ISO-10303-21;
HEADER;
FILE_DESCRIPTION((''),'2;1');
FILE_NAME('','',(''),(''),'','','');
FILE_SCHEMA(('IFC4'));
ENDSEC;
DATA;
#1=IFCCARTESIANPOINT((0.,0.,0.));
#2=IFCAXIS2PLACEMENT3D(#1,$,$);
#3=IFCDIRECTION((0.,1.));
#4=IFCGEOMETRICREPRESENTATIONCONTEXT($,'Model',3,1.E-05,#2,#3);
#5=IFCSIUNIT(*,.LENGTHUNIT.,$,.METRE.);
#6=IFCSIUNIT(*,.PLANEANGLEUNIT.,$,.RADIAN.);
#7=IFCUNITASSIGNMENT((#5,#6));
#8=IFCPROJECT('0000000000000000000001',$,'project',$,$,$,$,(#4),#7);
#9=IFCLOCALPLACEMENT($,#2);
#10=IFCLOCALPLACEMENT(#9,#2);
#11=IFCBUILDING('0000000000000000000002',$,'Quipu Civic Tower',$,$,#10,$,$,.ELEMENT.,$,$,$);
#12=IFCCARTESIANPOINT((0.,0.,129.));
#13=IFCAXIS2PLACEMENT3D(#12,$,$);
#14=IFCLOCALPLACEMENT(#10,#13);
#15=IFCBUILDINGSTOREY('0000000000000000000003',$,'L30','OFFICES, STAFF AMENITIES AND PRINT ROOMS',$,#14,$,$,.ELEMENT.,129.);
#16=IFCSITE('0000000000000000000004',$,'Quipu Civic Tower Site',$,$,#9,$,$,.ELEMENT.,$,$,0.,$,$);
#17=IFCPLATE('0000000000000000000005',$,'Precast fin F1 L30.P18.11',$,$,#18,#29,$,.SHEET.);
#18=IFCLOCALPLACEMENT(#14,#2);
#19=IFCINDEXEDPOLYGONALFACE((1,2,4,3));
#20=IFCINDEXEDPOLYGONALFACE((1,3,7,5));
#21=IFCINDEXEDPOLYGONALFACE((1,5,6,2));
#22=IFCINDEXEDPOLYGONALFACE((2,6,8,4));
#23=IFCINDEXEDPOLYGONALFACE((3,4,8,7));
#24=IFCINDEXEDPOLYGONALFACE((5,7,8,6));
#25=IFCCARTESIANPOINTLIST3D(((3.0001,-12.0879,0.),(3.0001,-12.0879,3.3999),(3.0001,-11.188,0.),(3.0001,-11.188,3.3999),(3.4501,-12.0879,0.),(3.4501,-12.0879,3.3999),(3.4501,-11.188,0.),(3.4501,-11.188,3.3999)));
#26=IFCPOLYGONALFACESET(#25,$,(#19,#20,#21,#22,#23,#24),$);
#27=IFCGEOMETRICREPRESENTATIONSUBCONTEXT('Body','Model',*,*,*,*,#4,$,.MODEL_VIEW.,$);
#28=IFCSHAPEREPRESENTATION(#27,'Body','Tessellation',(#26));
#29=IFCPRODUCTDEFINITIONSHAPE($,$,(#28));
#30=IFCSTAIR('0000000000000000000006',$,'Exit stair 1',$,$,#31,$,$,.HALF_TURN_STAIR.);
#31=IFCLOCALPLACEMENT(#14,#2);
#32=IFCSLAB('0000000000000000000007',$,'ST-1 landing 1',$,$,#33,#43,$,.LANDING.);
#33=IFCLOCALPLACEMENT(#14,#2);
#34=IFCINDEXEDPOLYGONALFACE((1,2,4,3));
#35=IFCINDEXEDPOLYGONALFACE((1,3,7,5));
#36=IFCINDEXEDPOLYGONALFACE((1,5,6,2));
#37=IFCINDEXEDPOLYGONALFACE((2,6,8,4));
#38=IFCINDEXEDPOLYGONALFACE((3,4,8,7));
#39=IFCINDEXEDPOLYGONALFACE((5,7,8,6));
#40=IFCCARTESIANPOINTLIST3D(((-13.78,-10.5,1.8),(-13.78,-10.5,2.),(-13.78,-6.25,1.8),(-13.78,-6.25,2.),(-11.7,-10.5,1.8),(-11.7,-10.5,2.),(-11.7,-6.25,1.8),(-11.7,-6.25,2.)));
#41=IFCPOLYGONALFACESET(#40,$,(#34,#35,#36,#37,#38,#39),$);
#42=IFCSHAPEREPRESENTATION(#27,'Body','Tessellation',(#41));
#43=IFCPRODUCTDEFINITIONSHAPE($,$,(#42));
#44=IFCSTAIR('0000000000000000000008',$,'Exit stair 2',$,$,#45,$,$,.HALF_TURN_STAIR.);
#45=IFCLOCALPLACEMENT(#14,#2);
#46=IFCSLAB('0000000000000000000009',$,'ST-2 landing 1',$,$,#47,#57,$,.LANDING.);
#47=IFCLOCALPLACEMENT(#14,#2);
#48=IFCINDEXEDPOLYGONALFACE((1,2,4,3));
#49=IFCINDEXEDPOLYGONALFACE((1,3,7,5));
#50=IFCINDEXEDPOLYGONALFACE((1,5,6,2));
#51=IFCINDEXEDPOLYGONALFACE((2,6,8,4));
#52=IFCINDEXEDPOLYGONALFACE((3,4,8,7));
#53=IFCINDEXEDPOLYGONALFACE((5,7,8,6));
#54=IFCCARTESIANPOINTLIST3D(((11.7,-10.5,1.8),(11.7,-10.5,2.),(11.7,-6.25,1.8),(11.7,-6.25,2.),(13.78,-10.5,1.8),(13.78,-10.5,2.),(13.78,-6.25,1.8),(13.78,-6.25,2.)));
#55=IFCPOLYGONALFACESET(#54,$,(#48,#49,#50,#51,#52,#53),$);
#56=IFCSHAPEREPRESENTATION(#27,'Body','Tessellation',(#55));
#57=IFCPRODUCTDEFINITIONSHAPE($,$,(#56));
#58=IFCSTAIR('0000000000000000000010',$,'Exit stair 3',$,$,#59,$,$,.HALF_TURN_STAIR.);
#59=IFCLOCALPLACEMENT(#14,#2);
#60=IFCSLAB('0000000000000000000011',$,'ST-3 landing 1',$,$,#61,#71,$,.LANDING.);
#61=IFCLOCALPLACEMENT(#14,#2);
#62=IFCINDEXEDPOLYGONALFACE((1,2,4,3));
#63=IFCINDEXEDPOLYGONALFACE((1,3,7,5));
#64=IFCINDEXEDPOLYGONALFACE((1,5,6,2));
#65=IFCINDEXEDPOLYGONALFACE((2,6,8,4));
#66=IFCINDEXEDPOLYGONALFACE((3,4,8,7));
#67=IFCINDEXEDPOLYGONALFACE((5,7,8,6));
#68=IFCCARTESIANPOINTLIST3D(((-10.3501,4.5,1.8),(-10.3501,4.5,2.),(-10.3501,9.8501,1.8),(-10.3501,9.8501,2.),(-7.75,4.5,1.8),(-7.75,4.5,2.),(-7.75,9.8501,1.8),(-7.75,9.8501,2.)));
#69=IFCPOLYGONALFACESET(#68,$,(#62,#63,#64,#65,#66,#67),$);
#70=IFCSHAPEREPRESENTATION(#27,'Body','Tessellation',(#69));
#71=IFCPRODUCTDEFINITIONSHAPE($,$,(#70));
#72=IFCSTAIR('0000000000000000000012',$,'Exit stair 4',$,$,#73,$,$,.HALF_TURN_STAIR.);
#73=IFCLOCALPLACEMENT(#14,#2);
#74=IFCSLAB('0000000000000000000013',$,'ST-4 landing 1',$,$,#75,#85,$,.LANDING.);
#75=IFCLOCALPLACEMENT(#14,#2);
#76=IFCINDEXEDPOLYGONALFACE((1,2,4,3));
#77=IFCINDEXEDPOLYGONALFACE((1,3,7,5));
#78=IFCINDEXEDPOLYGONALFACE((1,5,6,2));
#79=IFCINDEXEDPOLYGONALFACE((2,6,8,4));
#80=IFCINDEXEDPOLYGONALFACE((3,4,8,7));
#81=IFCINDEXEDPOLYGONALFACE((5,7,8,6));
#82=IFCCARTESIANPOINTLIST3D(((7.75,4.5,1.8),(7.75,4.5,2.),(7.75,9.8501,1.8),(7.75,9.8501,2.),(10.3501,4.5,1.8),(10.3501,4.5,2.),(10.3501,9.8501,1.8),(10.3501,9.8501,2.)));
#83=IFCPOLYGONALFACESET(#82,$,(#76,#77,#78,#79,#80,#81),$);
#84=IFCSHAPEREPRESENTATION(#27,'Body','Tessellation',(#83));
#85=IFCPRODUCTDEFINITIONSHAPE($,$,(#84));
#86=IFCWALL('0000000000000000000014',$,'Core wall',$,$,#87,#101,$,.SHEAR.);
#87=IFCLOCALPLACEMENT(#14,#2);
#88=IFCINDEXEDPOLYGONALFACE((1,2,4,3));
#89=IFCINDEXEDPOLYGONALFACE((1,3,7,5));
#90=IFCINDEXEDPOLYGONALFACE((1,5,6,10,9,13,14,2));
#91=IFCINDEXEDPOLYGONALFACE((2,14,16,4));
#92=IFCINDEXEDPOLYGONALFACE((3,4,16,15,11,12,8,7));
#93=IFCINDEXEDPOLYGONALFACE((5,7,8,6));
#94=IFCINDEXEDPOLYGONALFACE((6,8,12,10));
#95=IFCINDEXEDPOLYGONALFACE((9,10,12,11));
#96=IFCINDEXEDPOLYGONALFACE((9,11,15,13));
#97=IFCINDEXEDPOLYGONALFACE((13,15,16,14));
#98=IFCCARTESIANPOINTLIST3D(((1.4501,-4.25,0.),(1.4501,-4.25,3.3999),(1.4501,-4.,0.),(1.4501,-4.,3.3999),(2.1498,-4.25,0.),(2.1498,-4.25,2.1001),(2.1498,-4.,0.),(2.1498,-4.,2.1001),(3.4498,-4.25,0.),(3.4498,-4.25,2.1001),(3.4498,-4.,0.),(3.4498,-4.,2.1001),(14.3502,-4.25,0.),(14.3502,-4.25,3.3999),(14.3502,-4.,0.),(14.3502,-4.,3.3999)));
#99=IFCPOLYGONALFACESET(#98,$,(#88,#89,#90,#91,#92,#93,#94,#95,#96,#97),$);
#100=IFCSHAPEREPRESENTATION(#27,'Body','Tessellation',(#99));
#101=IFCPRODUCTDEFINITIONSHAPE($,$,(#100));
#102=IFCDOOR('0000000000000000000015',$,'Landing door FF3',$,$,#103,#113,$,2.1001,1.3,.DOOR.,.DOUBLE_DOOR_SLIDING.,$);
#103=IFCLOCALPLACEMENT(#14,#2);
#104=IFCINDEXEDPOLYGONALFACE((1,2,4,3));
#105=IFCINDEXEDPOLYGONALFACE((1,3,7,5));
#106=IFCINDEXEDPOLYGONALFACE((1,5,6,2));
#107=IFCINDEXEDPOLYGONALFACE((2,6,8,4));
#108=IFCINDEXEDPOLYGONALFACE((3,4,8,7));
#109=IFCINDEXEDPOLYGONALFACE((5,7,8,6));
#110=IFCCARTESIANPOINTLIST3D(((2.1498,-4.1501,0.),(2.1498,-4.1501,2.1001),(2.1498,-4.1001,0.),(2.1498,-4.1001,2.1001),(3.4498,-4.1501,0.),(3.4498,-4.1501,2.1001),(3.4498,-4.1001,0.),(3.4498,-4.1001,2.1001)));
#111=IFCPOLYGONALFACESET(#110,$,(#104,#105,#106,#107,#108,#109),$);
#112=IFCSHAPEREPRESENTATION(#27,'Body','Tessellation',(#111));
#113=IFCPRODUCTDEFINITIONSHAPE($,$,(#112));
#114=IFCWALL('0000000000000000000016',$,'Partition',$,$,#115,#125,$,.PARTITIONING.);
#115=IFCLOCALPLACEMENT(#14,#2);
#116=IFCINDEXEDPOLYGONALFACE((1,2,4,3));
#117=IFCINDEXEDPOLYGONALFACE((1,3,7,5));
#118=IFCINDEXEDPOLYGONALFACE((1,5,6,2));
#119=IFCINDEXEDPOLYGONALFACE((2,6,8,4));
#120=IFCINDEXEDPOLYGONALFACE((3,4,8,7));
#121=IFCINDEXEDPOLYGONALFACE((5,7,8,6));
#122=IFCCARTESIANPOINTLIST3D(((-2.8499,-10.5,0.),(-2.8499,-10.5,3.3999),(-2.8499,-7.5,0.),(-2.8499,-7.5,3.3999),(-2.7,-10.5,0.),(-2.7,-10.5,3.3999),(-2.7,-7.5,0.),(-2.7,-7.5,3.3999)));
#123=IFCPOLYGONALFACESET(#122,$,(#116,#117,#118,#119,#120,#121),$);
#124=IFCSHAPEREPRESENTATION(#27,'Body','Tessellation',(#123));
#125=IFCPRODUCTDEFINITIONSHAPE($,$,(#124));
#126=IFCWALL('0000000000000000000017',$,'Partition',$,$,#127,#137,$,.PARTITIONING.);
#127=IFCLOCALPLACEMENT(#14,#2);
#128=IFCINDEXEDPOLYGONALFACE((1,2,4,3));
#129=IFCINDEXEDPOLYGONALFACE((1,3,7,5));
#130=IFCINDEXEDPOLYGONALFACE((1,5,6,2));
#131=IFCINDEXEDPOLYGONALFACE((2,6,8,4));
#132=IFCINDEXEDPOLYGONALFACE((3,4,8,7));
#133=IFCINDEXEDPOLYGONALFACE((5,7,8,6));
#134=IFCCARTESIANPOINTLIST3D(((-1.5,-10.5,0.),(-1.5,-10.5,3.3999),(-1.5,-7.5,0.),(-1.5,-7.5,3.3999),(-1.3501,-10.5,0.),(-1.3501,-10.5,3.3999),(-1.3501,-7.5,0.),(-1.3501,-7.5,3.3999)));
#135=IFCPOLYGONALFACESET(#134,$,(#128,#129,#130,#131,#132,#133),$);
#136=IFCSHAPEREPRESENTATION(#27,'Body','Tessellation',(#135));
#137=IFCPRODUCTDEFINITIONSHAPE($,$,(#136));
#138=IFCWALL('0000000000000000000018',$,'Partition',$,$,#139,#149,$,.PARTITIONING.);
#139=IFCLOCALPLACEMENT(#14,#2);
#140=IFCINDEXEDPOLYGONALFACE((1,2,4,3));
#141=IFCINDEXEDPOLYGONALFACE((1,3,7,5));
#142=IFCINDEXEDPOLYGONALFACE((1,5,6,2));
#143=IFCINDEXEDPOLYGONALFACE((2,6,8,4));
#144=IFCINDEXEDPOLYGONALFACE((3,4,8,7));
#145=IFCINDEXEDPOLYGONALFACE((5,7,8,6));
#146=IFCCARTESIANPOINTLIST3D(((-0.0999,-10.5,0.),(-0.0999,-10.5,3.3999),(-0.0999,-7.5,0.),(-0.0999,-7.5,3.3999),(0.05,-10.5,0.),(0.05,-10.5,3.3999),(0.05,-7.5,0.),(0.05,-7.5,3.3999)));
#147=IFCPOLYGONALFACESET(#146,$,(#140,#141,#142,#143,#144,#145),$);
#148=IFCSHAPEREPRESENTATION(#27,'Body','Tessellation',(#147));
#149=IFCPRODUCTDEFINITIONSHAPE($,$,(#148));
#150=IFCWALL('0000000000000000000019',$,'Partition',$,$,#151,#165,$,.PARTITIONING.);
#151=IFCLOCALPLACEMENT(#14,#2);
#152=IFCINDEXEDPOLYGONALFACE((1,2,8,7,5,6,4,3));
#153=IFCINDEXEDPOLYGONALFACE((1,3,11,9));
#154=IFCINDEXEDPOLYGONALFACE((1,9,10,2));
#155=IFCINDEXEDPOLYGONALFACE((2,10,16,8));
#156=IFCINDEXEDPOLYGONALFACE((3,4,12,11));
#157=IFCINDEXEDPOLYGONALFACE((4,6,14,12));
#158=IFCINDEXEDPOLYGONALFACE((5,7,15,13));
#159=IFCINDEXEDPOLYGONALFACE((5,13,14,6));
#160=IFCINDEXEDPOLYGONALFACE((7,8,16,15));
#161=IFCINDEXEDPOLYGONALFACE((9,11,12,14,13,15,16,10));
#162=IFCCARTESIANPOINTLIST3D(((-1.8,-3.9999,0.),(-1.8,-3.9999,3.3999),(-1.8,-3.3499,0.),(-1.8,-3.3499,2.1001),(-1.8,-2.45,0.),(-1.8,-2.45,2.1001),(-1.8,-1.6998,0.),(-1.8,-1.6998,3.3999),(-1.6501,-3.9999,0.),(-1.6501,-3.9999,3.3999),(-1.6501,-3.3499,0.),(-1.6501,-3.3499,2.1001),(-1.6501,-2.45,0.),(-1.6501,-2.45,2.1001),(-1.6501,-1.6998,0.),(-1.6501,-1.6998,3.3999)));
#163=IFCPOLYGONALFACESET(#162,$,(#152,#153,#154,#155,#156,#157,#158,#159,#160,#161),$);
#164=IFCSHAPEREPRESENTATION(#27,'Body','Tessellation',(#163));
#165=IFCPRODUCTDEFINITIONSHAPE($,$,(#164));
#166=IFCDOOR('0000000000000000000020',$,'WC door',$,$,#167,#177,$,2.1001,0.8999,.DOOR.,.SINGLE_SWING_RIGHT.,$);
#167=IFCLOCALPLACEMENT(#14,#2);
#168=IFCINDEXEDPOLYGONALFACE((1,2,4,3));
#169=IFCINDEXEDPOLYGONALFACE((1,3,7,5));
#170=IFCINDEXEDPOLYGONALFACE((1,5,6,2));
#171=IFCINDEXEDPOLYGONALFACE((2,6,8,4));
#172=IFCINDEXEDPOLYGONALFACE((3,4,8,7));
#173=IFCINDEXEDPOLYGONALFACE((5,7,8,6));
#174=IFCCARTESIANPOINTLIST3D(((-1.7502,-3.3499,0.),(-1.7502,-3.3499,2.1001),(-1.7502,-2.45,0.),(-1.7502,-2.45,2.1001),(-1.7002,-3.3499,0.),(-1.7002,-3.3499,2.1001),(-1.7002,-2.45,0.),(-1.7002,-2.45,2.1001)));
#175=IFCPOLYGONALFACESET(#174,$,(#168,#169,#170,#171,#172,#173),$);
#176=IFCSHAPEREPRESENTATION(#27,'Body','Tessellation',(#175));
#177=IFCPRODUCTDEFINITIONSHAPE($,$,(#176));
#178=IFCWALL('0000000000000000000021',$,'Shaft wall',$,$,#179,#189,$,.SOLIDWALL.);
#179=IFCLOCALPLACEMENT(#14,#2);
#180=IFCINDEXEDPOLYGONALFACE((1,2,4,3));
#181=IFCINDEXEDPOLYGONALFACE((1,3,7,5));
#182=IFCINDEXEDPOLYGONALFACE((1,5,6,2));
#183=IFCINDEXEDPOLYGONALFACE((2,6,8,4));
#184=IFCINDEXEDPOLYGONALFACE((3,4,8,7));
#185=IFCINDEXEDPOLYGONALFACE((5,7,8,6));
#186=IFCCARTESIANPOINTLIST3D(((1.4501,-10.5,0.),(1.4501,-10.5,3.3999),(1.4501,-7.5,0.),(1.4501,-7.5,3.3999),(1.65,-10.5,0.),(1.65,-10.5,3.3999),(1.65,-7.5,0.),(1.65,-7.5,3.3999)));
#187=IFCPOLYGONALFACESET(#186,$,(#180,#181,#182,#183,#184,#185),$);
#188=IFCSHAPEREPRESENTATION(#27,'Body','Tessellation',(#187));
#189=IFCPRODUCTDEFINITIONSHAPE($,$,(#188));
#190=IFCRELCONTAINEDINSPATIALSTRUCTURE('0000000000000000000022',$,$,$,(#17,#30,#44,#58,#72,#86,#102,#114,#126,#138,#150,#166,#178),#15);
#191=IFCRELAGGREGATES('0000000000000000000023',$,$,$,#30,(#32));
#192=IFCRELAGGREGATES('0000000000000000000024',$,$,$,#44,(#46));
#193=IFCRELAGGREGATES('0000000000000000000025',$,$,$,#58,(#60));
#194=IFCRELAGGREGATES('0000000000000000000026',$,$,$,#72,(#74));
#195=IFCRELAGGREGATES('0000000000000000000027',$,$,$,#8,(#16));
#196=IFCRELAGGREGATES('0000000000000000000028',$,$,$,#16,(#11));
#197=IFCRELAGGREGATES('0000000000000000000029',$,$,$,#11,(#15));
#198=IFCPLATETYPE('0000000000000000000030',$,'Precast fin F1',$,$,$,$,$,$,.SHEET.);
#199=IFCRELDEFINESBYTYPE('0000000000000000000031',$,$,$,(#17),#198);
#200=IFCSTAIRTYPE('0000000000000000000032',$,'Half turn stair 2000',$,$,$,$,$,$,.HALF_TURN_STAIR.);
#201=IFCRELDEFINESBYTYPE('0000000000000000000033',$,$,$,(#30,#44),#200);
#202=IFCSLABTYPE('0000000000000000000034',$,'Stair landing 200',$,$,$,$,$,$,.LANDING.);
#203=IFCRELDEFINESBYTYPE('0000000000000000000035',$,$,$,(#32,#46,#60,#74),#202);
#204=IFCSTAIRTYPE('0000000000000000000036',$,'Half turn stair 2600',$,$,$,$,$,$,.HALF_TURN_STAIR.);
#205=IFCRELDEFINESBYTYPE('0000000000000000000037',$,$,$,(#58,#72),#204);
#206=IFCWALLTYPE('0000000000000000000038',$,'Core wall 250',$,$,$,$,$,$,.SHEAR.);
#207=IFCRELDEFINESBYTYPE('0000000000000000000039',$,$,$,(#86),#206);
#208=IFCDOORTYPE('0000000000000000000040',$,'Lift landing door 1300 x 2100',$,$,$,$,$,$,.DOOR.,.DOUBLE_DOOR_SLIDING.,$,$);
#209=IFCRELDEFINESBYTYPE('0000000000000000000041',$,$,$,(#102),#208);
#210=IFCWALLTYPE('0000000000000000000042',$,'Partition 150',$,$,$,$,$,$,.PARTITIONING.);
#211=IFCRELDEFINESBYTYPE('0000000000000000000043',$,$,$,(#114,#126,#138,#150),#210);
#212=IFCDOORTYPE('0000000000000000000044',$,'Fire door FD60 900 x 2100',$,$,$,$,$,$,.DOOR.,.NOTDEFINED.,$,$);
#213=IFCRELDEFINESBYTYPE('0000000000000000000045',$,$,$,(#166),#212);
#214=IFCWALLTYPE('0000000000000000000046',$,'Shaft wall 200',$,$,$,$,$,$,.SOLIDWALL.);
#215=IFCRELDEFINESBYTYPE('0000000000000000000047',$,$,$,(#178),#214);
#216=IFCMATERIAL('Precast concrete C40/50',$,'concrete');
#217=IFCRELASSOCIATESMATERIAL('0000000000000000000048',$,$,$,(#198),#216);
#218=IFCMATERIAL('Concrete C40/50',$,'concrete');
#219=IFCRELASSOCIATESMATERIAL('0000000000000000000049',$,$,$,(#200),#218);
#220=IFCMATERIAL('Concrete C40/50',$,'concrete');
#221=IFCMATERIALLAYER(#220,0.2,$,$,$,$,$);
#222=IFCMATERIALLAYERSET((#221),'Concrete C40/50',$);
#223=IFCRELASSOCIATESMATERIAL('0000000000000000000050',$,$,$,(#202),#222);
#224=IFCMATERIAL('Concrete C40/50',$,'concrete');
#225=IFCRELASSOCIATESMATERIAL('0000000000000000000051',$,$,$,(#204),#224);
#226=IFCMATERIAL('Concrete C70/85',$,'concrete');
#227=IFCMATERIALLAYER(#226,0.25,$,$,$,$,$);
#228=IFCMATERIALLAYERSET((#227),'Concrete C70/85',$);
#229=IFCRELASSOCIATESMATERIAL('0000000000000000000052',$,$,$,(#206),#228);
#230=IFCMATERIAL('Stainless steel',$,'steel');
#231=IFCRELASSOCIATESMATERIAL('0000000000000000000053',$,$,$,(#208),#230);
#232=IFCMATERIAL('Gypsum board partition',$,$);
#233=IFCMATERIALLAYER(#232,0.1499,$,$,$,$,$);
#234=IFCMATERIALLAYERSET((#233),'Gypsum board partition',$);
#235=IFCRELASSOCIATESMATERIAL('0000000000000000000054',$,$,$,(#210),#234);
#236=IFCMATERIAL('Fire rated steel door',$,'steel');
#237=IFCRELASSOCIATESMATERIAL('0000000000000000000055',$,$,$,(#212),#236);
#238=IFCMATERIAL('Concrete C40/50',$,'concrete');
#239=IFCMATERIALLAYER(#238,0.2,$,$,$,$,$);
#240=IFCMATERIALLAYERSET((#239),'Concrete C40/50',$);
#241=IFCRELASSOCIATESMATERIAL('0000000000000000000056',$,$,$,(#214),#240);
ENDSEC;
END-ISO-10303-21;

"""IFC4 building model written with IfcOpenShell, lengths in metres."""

from ifc_helpers import new_model, si_unit, direction, frame, frame_2d, origin, origin_2d, place, context, subcontext, project, spatial, polyline, rectangle, outline, extrude, material, layer, layer_set, type_object, element, fill, aggregate, save


model = new_model("IFC4")

# Units and contexts
model_context = context("Model", 3, precision=1e-05, world=origin(), true_north=direction((0.0, 1.0)))
body_context = subcontext(model_context, "Body", "Model", "MODEL_VIEW")
ifc_project = project(units=[si_unit("LENGTHUNIT", "METRE"), si_unit("PLANEANGLEUNIT", "RADIAN")], contexts=[model_context])

# Site, building, storey
site_placement = place(None, origin())
site = spatial("IfcSite", under=ifc_project, at=site_placement, Name="Quipu Civic Tower Site", CompositionType="ELEMENT", RefElevation=0.0)
building_placement = place(site_placement, origin())
building = spatial("IfcBuilding", under=site, at=building_placement, Name="Quipu Civic Tower", CompositionType="ELEMENT")
storey_placement = place(building_placement, frame((0.0, 0.0, 129.0)))
storey = spatial("IfcBuildingStorey", under=building, at=storey_placement, Name="L30", Description="OFFICES, STAFF AMENITIES AND PRINT ROOMS", CompositionType="ELEMENT", Elevation=129.0)

# Plate
ifc_material_1 = material(Name="Precast concrete C40/50", Category="concrete")
plate_type = type_object("IfcPlateType", Name="Precast fin F1", PredefinedType="SHEET", material=ifc_material_1)
for number, where, z_axis, x_axis, name in (
    (1, (3.2251, -11.6379, 0.0), (0.0, 0.0, 1.0), (1.0, 0.0, 0.0), "Precast fin F1 L30.P18.11"),
):
    element("IfcPlate", number, at=place(storey_placement, frame(where, z_axis=z_axis, x_axis=x_axis)), inside=storey, type_object=plate_type, Name=name, PredefinedType="SHEET", context=body_context, shape_type="SweptSolid", body=[
        extrude(rectangle(XDim=0.45, YDim=0.8999, at=origin_2d()), origin(), (0.0, 0.0, 1.0), 3.3999),
    ])

# Stairs, slabs
ifc_material_2 = material(Name="Concrete C40/50", Category="concrete")
stair_type_1 = type_object("IfcStairType", Name="Half turn stair 2000", PredefinedType="HALF_TURN_STAIR", material=ifc_material_2)
stair_1_placement = place(storey_placement, origin())
stair_1 = element("IfcStair", 2, at=stair_1_placement, inside=storey, type_object=stair_type_1, Name="Exit stair 1", PredefinedType="HALF_TURN_STAIR")
ifc_material_3 = material(Name="Concrete C40/50", Category="concrete")
ifc_layer_1 = layer(ifc_material_3, 0.2)
ifc_layer_set_1 = layer_set([ifc_layer_1], Name="Concrete C40/50")
slab_type_1 = type_object("IfcSlabType", Name="Stair landing 200", PredefinedType="LANDING", material=ifc_layer_set_1)
slab_1_placement = place(storey_placement, frame((0.0, 0.0, 1.8)))
slab_1 = element("IfcSlab", 3, at=slab_1_placement, type_object=slab_type_1, Name="ST-1 landing 1", PredefinedType="LANDING", context=body_context, shape_type="SweptSolid", body=[
    extrude(outline(polyline([(-13.78, -10.5), (-11.7, -10.5), (-11.7, -6.25), (-13.78, -6.25), (-13.78, -10.5)])), origin(), (0.0, 0.0, 1.0), 0.2),
])
aggregate(stair_1, [slab_1])
stair_2_placement = place(storey_placement, origin())
stair_2 = element("IfcStair", 4, at=stair_2_placement, inside=storey, type_object=stair_type_1, Name="Exit stair 2", PredefinedType="HALF_TURN_STAIR")
slab_2_placement = place(storey_placement, frame((0.0, 0.0, 1.8)))
slab_2 = element("IfcSlab", 5, at=slab_2_placement, type_object=slab_type_1, Name="ST-2 landing 1", PredefinedType="LANDING", context=body_context, shape_type="SweptSolid", body=[
    extrude(outline(polyline([(13.78, -6.25), (11.7, -6.25), (11.7, -10.5), (13.78, -10.5), (13.78, -6.25)])), origin(), (0.0, 0.0, 1.0), 0.2),
])
aggregate(stair_2, [slab_2])
ifc_material_4 = material(Name="Concrete C40/50", Category="concrete")
stair_type_2 = type_object("IfcStairType", Name="Half turn stair 2600", PredefinedType="HALF_TURN_STAIR", material=ifc_material_4)
stair_3_placement = place(storey_placement, origin())
stair_3 = element("IfcStair", 6, at=stair_3_placement, inside=storey, type_object=stair_type_2, Name="Exit stair 3", PredefinedType="HALF_TURN_STAIR")
slab_3_placement = place(storey_placement, frame((0.0, 0.0, 1.8)))
slab_3 = element("IfcSlab", 7, at=slab_3_placement, type_object=slab_type_1, Name="ST-3 landing 1", PredefinedType="LANDING", context=body_context, shape_type="SweptSolid", body=[
    extrude(outline(polyline([(-10.3501, 4.5), (-7.75, 4.5), (-7.75, 9.8501), (-10.3501, 9.8501), (-10.3501, 4.5)])), origin(), (0.0, 0.0, 1.0), 0.2),
])
aggregate(stair_3, [slab_3])
stair_4_placement = place(storey_placement, origin())
stair_4 = element("IfcStair", 8, at=stair_4_placement, inside=storey, type_object=stair_type_2, Name="Exit stair 4", PredefinedType="HALF_TURN_STAIR")
slab_4_placement = place(storey_placement, frame((0.0, 0.0, 1.8)))
slab_4 = element("IfcSlab", 9, at=slab_4_placement, type_object=slab_type_1, Name="ST-4 landing 1", PredefinedType="LANDING", context=body_context, shape_type="SweptSolid", body=[
    extrude(outline(polyline([(10.3501, 9.8501), (7.75, 9.8501), (7.75, 4.5), (10.3501, 4.5), (10.3501, 9.8501)])), origin(), (0.0, 0.0, 1.0), 0.2),
])
aggregate(stair_4, [slab_4])

# Wall, opening, door
ifc_material_5 = material(Name="Concrete C70/85", Category="concrete")
ifc_layer_2 = layer(ifc_material_5, 0.25)
ifc_layer_set_2 = layer_set([ifc_layer_2], Name="Concrete C70/85")
wall_type_1 = type_object("IfcWallType", Name="Core wall 250", PredefinedType="SHEAR", material=ifc_layer_set_2)
wall_1_placement = place(storey_placement, frame((1.45, -4.125, 0.0), z_axis=(0.0, 0.0, 1.0), x_axis=(1.0, 0.0, 0.0)))
wall_1 = element("IfcWall", 10, at=wall_1_placement, inside=storey, type_object=wall_type_1, Name="Core wall", PredefinedType="SHEAR", context=body_context, shape_type="SweptSolid", body=[
    extrude(rectangle(XDim=12.9001, YDim=0.25, at=frame_2d((6.4502, 0.0))), origin(), (0.0, 0.0, 1.0), 3.3999),
])
opening_1_placement = place(wall_1_placement, frame((0.7, 0.0, 0.0)))
opening_1 = element("IfcOpeningElement", 11, at=opening_1_placement, cuts=wall_1, PredefinedType="OPENING", context=body_context, shape_type="SweptSolid", body=[
    extrude(rectangle(XDim=1.3, YDim=2.1001, at=frame_2d((0.6499, 1.05))), frame((0.0, 0.135, 0.0), z_axis=(0.0, -1.0, 0.0), x_axis=(1.0, 0.0, 0.0)), (0.0, 0.0, 1.0), 0.27),
])
ifc_material_6 = material(Name="Stainless steel", Category="steel")
door_type_1 = type_object("IfcDoorType", Name="Lift landing door 1300 x 2100", OperationType="DOUBLE_DOOR_SLIDING", PredefinedType="DOOR", material=ifc_material_6)
door_1_placement = place(opening_1_placement, origin())
door_1 = element("IfcDoor", 12, at=door_1_placement, inside=storey, type_object=door_type_1, Name="Landing door FF3", OperationType="DOUBLE_DOOR_SLIDING", OverallHeight=2.1001, OverallWidth=1.3, PredefinedType="DOOR", context=body_context, shape_type="SweptSolid", body=[
    extrude(rectangle(XDim=1.3, YDim=2.1001, at=frame_2d((0.6499, 1.05))), frame((0.0, 0.0249, 0.0), z_axis=(0.0, -1.0, 0.0), x_axis=(1.0, 0.0, 0.0)), (0.0, 0.0, 1.0), 0.05),
])
fill(opening_1, door_1)

# Walls
ifc_material_7 = material(Name="Gypsum board partition")
ifc_layer_3 = layer(ifc_material_7, 0.1499)
ifc_layer_set_3 = layer_set([ifc_layer_3], Name="Gypsum board partition")
wall_type_2 = type_object("IfcWallType", Name="Partition 150", PredefinedType="PARTITIONING", material=ifc_layer_set_3)
for number, where, z_axis, x_axis, name in (
    (13, (-2.7749, -10.5, 0.0), (0.0, 0.0, 1.0), (0.0, 1.0, 0.0), "Partition"),
    (14, (-1.425, -10.5, 0.0), (0.0, 0.0, 1.0), (0.0, 1.0, 0.0), "Partition"),
    (15, (-0.0249, -10.5, 0.0), (0.0, 0.0, 1.0), (0.0, 1.0, 0.0), "Partition"),
):
    element("IfcWall", number, at=place(storey_placement, frame(where, z_axis=z_axis, x_axis=x_axis)), inside=storey, type_object=wall_type_2, Name=name, PredefinedType="PARTITIONING", context=body_context, shape_type="SweptSolid", body=[
        extrude(rectangle(XDim=3.0, YDim=0.1499, at=frame_2d((1.5, 0.0))), origin(), (0.0, 0.0, 1.0), 3.3999),
    ])

# Wall, opening, door
wall_2_placement = place(storey_placement, frame((-1.7251, -1.7, 0.0), z_axis=(0.0, 0.0, 1.0), x_axis=(0.0, -1.0, 0.0)))
wall_2 = element("IfcWall", 16, at=wall_2_placement, inside=storey, type_object=wall_type_2, Name="Partition", PredefinedType="PARTITIONING", context=body_context, shape_type="SweptSolid", body=[
    extrude(rectangle(XDim=2.3, YDim=0.1499, at=frame_2d((1.1499, 0.0))), origin(), (0.0, 0.0, 1.0), 3.3999),
])
opening_2_placement = place(wall_2_placement, frame((0.75, 0.0, 0.0)))
opening_2 = element("IfcOpeningElement", 17, at=opening_2_placement, cuts=wall_2, PredefinedType="OPENING", context=body_context, shape_type="SweptSolid", body=[
    extrude(rectangle(XDim=0.8999, YDim=2.1001, at=frame_2d((0.45, 1.05))), frame((0.0, 0.085, 0.0), z_axis=(0.0, -1.0, 0.0), x_axis=(1.0, 0.0, 0.0)), (0.0, 0.0, 1.0), 0.1699),
])
ifc_material_8 = material(Name="Fire rated steel door", Category="steel")
door_type_2 = type_object("IfcDoorType", Name="Fire door FD60 900 x 2100", OperationType="NOTDEFINED", PredefinedType="DOOR", material=ifc_material_8)
door_2_placement = place(opening_2_placement, origin())
door_2 = element("IfcDoor", 18, at=door_2_placement, inside=storey, type_object=door_type_2, Name="WC door", OperationType="SINGLE_SWING_RIGHT", OverallHeight=2.1001, OverallWidth=0.8999, PredefinedType="DOOR", context=body_context, shape_type="SweptSolid", body=[
    extrude(rectangle(XDim=0.8999, YDim=2.1001, at=frame_2d((0.45, 1.05))), frame((0.0, 0.0249, 0.0), z_axis=(0.0, -1.0, 0.0), x_axis=(1.0, 0.0, 0.0)), (0.0, 0.0, 1.0), 0.05),
])
fill(opening_2, door_2)

# Wall
ifc_material_9 = material(Name="Concrete C40/50", Category="concrete")
ifc_layer_4 = layer(ifc_material_9, 0.2)
ifc_layer_set_4 = layer_set([ifc_layer_4], Name="Concrete C40/50")
wall_type_3 = type_object("IfcWallType", Name="Shaft wall 200", PredefinedType="SOLIDWALL", material=ifc_layer_set_4)
for number, where, z_axis, x_axis, name in (
    (19, (1.55, -10.5, 0.0), (0.0, 0.0, 1.0), (0.0, 1.0, 0.0), "Shaft wall"),
):
    element("IfcWall", number, at=place(storey_placement, frame(where, z_axis=z_axis, x_axis=x_axis)), inside=storey, type_object=wall_type_3, Name=name, PredefinedType="SOLIDWALL", context=body_context, shape_type="SweptSolid", body=[
        extrude(rectangle(XDim=3.0, YDim=0.2, at=frame_2d((1.5, 0.0))), origin(), (0.0, 0.0, 1.0), 3.3999),
    ])

save(model, "model.ifc")
